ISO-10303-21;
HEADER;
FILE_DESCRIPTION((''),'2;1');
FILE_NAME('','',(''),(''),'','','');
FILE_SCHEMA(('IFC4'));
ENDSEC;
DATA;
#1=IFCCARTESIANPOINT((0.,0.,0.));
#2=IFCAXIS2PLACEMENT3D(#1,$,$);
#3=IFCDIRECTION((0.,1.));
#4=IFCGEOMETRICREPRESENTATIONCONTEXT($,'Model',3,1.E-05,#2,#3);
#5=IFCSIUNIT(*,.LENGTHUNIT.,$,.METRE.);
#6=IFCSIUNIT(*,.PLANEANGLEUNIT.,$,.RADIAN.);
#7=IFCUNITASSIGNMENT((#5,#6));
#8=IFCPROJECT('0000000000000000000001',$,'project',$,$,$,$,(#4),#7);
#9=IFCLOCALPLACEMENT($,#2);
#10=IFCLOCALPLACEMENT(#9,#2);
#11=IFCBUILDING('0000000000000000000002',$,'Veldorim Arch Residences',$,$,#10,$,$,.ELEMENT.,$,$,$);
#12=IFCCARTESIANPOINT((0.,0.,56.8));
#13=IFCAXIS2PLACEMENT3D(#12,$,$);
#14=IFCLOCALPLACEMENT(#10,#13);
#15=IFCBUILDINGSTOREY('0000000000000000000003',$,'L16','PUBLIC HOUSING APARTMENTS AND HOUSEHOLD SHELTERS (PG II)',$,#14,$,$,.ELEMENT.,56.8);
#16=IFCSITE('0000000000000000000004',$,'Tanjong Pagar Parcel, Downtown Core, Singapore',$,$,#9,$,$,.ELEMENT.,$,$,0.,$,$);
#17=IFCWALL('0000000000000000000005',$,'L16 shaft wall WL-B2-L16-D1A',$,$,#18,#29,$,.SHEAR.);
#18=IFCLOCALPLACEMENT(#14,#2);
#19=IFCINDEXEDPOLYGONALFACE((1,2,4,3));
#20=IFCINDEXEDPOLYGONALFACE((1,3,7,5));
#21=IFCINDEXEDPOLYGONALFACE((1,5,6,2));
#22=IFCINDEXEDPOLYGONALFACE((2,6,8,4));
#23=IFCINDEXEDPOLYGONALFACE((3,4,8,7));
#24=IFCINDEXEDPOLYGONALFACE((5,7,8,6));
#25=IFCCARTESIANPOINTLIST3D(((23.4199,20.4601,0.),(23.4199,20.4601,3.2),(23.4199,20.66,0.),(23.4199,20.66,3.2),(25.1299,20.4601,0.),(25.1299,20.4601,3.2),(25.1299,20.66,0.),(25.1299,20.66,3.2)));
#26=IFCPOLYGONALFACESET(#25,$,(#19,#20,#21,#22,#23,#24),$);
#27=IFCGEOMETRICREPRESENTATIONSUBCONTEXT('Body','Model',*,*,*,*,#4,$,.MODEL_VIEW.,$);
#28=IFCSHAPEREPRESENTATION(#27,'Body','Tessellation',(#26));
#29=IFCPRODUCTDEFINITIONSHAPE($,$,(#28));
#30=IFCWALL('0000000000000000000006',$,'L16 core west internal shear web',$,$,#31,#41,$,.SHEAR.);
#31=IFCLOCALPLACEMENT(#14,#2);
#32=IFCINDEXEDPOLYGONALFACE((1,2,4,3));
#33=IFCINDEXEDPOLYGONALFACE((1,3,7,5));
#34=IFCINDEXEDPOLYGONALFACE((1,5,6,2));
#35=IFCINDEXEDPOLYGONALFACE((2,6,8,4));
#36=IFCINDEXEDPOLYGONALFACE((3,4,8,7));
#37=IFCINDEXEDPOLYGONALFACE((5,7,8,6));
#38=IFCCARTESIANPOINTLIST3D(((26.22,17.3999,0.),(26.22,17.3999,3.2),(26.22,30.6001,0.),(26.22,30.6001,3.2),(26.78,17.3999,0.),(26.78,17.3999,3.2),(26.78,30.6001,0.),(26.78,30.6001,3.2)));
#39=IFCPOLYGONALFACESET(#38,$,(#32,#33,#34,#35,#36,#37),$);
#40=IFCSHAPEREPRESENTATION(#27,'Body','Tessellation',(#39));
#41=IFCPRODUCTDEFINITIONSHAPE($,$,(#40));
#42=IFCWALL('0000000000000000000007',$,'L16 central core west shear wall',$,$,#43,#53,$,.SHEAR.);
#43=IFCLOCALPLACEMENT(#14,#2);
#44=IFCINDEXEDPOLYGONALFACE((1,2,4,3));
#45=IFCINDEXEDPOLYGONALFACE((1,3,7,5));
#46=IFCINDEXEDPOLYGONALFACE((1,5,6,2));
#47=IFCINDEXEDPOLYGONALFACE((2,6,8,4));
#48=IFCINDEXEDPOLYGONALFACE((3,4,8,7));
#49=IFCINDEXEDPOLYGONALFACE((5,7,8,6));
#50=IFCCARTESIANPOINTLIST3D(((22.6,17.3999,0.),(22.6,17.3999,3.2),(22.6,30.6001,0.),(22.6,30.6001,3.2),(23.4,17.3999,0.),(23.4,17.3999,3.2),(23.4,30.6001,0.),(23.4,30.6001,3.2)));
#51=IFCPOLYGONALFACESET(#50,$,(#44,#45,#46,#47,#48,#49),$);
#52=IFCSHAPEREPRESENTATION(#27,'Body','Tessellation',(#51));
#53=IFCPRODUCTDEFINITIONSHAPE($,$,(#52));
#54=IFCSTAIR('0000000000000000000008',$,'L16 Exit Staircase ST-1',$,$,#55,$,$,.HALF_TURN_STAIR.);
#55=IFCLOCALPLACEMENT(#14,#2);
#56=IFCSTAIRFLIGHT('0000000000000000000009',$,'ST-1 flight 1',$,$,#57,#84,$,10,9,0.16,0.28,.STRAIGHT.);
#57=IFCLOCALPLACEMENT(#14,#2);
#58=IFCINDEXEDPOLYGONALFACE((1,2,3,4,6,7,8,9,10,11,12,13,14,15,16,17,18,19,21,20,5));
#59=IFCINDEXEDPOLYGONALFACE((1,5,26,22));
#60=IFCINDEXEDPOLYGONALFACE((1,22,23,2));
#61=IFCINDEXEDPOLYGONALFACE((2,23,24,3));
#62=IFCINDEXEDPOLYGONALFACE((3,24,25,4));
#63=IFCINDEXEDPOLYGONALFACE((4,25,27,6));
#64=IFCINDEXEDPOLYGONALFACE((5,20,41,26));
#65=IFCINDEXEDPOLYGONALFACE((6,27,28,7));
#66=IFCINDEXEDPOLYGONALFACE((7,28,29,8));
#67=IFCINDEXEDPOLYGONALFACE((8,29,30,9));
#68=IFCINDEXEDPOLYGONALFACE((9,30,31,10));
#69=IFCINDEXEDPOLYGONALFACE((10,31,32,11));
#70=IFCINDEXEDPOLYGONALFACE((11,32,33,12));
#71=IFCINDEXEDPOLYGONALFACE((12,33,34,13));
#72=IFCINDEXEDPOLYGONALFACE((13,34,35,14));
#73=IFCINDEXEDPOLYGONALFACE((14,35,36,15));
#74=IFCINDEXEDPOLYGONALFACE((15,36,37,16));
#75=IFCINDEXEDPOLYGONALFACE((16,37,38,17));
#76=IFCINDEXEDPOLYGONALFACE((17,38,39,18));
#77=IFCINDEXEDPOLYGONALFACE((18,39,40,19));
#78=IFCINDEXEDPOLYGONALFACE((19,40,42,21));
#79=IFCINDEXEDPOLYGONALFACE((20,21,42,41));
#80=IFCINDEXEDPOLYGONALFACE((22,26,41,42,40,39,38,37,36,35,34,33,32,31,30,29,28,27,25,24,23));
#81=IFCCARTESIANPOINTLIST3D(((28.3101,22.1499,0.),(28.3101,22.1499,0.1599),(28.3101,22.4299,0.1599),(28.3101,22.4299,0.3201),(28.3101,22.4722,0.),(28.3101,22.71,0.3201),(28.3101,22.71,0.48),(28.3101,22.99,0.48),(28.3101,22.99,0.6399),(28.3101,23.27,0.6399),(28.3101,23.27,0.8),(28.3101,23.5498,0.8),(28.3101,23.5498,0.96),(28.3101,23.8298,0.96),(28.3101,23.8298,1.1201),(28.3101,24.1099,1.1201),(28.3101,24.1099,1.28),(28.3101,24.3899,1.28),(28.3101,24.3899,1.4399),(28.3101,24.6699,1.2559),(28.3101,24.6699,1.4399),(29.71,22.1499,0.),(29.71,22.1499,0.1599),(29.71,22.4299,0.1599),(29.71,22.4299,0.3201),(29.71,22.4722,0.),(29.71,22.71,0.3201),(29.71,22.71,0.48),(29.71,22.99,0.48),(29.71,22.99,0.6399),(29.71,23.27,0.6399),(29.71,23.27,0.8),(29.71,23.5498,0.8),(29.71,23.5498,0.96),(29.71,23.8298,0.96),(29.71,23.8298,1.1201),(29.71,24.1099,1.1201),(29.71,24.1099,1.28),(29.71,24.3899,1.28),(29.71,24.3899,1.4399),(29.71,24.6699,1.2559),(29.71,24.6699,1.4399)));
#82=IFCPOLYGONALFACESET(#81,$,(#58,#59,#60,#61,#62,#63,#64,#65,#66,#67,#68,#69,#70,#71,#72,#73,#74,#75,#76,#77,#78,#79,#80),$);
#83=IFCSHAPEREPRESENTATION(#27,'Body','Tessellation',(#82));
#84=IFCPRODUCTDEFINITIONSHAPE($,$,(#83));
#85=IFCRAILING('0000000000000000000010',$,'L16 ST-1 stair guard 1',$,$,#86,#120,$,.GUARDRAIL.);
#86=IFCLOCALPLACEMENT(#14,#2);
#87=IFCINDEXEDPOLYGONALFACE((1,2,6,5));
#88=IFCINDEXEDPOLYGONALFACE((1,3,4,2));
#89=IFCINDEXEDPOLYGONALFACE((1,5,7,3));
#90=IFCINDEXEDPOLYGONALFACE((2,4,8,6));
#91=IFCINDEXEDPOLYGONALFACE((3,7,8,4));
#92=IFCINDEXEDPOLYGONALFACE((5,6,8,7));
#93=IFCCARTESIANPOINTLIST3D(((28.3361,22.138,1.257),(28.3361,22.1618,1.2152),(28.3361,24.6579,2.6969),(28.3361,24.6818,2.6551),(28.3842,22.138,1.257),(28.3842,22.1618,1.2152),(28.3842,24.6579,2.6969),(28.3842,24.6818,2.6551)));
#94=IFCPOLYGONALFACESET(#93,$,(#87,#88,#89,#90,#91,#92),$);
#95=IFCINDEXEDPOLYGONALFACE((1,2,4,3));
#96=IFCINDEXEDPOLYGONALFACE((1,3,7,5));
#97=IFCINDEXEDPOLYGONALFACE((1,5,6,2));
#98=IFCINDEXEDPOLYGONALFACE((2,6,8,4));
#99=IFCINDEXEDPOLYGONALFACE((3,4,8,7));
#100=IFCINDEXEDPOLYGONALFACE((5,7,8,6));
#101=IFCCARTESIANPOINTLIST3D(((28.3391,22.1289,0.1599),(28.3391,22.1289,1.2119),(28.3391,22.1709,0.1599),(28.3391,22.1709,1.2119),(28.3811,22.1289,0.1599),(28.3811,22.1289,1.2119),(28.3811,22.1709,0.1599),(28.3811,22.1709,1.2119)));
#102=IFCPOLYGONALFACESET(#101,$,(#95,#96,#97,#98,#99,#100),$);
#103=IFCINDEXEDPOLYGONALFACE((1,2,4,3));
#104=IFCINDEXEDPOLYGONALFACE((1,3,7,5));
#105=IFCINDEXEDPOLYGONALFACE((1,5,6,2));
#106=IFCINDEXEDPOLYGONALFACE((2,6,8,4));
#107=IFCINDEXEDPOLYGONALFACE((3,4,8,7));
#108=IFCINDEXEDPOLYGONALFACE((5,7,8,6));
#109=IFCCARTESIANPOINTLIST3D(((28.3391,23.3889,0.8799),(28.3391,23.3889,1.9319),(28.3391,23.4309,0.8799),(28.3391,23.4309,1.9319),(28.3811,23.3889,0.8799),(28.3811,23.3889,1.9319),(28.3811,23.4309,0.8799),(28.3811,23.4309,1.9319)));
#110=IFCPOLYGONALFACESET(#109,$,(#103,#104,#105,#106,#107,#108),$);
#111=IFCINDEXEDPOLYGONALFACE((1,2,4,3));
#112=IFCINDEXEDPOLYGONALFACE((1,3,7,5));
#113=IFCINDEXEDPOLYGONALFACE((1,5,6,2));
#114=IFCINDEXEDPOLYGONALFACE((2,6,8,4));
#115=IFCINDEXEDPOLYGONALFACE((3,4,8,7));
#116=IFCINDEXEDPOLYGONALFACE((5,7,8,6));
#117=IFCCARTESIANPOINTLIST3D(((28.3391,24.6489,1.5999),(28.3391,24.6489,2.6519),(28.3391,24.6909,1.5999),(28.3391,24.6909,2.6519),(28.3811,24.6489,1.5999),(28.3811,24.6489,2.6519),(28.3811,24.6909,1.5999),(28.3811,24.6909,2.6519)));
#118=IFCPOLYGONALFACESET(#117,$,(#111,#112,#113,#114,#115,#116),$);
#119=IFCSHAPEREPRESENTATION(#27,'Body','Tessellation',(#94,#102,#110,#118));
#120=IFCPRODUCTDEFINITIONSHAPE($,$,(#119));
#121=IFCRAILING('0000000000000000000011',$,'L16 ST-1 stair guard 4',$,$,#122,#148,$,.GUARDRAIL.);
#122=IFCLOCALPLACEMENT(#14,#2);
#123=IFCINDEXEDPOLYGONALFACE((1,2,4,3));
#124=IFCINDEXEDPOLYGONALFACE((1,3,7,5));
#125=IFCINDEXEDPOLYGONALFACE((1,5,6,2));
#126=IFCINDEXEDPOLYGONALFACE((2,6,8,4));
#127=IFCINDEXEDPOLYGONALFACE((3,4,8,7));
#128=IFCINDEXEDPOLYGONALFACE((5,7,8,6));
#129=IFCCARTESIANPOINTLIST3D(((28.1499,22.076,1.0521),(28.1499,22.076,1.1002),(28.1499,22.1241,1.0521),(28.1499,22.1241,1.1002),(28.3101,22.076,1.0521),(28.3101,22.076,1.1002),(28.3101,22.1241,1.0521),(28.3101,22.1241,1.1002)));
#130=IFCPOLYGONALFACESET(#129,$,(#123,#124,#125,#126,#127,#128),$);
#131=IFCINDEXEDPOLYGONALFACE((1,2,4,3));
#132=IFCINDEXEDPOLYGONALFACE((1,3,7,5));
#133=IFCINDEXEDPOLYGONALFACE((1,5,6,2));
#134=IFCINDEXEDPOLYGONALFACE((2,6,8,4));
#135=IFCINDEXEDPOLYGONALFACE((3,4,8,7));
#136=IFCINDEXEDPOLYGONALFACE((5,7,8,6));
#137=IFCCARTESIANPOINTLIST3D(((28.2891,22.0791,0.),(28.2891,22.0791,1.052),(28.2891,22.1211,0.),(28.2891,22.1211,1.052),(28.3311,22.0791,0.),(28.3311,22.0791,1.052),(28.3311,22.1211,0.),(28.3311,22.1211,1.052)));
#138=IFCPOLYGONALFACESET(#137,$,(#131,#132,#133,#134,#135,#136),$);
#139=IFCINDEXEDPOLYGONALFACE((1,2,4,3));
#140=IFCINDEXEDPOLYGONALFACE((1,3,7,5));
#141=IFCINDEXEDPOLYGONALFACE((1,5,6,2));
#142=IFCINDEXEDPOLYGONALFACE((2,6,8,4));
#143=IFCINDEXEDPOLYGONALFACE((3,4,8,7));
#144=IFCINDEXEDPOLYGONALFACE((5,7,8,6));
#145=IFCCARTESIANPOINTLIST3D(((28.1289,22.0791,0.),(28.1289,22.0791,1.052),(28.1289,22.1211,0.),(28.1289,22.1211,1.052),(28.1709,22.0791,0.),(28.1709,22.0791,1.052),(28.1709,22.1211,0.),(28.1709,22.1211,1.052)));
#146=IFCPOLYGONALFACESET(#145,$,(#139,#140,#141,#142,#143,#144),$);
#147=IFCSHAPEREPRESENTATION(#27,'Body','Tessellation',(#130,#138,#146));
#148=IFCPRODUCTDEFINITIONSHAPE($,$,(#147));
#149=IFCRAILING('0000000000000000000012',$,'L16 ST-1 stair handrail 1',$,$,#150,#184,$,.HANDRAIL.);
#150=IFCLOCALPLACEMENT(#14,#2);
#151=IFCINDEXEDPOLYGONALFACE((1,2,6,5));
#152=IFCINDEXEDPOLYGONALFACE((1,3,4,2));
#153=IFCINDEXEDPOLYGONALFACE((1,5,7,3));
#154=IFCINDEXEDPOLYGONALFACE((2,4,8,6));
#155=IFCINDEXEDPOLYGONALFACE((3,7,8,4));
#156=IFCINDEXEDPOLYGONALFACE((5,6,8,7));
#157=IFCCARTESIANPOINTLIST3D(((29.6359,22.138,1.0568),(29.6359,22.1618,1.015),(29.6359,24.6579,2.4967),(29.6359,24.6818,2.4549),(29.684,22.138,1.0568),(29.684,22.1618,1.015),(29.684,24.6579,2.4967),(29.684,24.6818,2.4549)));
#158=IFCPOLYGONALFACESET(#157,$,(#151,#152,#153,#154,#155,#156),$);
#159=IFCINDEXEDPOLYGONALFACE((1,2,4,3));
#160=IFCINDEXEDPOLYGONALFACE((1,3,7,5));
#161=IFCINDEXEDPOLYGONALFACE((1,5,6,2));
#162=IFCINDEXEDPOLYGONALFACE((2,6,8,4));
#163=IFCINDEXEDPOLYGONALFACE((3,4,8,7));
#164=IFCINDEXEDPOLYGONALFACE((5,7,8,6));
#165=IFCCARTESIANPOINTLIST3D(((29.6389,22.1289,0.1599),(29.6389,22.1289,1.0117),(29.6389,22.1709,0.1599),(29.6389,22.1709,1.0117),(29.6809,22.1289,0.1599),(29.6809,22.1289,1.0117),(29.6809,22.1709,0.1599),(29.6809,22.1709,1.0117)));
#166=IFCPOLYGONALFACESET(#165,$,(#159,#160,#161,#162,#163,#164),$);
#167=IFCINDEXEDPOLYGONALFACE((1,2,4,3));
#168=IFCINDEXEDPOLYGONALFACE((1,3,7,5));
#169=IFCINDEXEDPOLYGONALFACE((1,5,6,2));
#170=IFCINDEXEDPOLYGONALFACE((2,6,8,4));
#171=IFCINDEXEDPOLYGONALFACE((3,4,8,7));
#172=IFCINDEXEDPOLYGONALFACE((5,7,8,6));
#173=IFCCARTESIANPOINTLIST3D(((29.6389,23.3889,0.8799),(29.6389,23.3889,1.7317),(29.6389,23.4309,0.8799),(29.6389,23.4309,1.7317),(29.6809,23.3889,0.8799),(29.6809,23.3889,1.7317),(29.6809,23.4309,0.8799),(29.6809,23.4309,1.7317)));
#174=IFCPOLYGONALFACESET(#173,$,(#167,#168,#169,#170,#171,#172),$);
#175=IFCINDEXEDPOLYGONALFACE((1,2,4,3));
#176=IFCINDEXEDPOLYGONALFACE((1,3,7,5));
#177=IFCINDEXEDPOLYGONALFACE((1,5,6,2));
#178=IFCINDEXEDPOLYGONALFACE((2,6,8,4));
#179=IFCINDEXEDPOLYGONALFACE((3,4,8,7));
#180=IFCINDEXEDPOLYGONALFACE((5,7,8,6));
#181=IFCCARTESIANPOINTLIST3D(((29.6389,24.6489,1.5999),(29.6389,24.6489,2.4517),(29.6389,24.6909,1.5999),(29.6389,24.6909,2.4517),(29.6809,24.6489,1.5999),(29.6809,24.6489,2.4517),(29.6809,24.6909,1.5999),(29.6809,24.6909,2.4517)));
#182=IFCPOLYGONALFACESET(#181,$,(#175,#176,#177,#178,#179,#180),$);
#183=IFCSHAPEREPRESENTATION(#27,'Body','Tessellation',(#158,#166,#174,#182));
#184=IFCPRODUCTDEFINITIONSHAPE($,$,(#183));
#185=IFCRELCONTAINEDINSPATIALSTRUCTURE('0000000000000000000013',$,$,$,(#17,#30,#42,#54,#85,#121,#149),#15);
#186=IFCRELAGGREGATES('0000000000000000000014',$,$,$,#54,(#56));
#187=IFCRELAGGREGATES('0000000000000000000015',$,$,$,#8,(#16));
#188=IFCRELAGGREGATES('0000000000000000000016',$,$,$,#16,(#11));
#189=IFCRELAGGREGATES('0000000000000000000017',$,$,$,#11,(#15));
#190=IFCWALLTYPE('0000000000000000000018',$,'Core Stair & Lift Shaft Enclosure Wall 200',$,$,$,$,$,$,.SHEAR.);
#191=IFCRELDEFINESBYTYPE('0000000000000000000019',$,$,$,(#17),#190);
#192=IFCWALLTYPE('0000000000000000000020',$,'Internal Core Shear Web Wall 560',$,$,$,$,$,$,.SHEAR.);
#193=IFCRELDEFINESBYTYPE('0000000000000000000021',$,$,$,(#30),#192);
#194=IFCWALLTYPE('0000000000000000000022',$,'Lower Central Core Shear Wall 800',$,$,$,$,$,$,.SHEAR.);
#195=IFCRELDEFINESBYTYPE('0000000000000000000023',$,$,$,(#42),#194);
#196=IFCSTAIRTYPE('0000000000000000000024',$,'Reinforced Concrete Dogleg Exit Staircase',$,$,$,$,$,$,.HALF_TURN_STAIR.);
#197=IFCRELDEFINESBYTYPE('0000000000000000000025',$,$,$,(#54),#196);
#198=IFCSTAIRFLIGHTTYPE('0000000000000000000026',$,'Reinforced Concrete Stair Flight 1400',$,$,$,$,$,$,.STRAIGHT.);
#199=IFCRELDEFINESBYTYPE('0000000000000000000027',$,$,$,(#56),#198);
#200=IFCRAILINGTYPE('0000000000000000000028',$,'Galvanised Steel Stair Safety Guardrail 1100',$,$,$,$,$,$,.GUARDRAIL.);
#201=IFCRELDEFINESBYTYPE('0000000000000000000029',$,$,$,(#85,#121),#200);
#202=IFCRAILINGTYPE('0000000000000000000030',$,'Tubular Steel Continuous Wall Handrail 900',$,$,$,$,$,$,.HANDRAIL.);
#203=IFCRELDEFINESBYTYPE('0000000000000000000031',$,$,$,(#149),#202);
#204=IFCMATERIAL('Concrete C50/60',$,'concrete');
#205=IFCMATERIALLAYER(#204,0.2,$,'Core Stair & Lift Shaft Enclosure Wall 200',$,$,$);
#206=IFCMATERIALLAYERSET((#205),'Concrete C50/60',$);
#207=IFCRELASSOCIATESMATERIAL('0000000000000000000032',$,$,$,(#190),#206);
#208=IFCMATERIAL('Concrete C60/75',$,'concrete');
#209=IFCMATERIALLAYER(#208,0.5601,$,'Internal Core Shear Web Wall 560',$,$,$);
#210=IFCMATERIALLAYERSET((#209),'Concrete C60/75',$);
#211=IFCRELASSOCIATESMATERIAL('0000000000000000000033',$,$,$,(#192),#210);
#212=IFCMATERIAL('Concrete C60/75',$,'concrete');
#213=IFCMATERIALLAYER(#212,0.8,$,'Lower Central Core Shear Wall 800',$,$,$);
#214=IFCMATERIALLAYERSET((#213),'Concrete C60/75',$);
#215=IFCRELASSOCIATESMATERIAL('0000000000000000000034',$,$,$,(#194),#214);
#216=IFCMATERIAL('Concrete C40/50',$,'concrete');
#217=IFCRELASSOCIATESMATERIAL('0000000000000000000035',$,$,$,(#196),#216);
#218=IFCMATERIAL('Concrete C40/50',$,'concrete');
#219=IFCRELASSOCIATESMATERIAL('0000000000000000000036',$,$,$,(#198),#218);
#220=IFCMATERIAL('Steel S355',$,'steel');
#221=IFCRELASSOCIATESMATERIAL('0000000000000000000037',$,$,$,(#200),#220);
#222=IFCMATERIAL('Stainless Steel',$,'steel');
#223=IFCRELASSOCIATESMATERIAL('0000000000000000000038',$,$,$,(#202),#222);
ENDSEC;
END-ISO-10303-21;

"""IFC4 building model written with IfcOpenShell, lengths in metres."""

from ifc_helpers import new_model, si_unit, direction, frame, frame_2d, origin, origin_2d, place, context, subcontext, project, spatial, polyline, rectangle, outline, extrude, material, layer, layer_set, type_object, element, aggregate, save


model = new_model("IFC4")

# Units and contexts
model_context = context("Model", 3, precision=1e-05, world=origin(), true_north=direction((0.0, 1.0)))
body_context = subcontext(model_context, "Body", "Model", "MODEL_VIEW")
ifc_project = project(units=[si_unit("LENGTHUNIT", "METRE"), si_unit("PLANEANGLEUNIT", "RADIAN")], contexts=[model_context])

# Site, building, storey
site_placement = place(None, origin())
site = spatial("IfcSite", under=ifc_project, at=site_placement, Name="Tanjong Pagar Parcel, Downtown Core, Singapore", CompositionType="ELEMENT", RefElevation=0.0)
building_placement = place(site_placement, origin())
building = spatial("IfcBuilding", under=site, at=building_placement, Name="Veldorim Arch Residences", CompositionType="ELEMENT")
storey_placement = place(building_placement, frame((0.0, 0.0, 56.8)))
storey = spatial("IfcBuildingStorey", under=building, at=storey_placement, Name="L16", Description="PUBLIC HOUSING APARTMENTS AND HOUSEHOLD SHELTERS (PG II)", CompositionType="ELEMENT", Elevation=56.8)

# Shared definitions
ifc_material_1 = material(Name="Concrete C50/60", Category="concrete")
ifc_layer_1 = layer(ifc_material_1, 0.2, Name="Core Stair & Lift Shaft Enclosure Wall 200")
ifc_layer_set_1 = layer_set([ifc_layer_1], Name="Concrete C50/60")
wall_type_1 = type_object("IfcWallType", Name="Core Stair & Lift Shaft Enclosure Wall 200", PredefinedType="SHEAR", material=ifc_layer_set_1)

# Walls
for number, where, z_axis, x_axis, name in (
    (1, (23.4199, 20.5601, 0.0), (0.0, 0.0, 1.0), (1.0, 0.0, 0.0), "L16 shaft wall WL-B2-L16-D1A"),
):
    element("IfcWall", number, at=place(storey_placement, frame(where, z_axis=z_axis, x_axis=x_axis)), inside=storey, type_object=wall_type_1, Name=name, PredefinedType="SHEAR", context=body_context, shape_type="SweptSolid", body=[
        extrude(rectangle(XDim=1.71, YDim=0.2, at=frame_2d((0.855, 0.0))), origin(), (0.0, 0.0, 1.0), 3.2),
    ])
ifc_material_2 = material(Name="Concrete C60/75", Category="concrete")
ifc_layer_2 = layer(ifc_material_2, 0.5601, Name="Internal Core Shear Web Wall 560")
ifc_layer_set_2 = layer_set([ifc_layer_2], Name="Concrete C60/75")
wall_type_2 = type_object("IfcWallType", Name="Internal Core Shear Web Wall 560", PredefinedType="SHEAR", material=ifc_layer_set_2)
wall_1_placement = place(storey_placement, frame((26.5, 17.3999, 0.0), z_axis=(0.0, 0.0, 1.0), x_axis=(0.0, 1.0, 0.0)))
element("IfcWall", 2, at=wall_1_placement, inside=storey, type_object=wall_type_2, Name="L16 core west internal shear web", PredefinedType="SHEAR", context=body_context, shape_type="SweptSolid", body=[
    extrude(rectangle(XDim=13.2002, YDim=0.5601, at=frame_2d((6.6001, 0.0))), origin(), (0.0, 0.0, 1.0), 3.2),
])
ifc_material_3 = material(Name="Concrete C60/75", Category="concrete")
ifc_layer_3 = layer(ifc_material_3, 0.8, Name="Lower Central Core Shear Wall 800")
ifc_layer_set_3 = layer_set([ifc_layer_3], Name="Concrete C60/75")
wall_type_3 = type_object("IfcWallType", Name="Lower Central Core Shear Wall 800", PredefinedType="SHEAR", material=ifc_layer_set_3)
wall_2_placement = place(storey_placement, frame((23.0, 17.3999, 0.0), z_axis=(0.0, 0.0, 1.0), x_axis=(0.0, 1.0, 0.0)))
element("IfcWall", 3, at=wall_2_placement, inside=storey, type_object=wall_type_3, Name="L16 central core west shear wall", PredefinedType="SHEAR", context=body_context, shape_type="SweptSolid", body=[
    extrude(rectangle(XDim=13.2002, YDim=0.8, at=frame_2d((6.6001, 0.0))), origin(), (0.0, 0.0, 1.0), 3.2),
])

# Stair, stair flight
ifc_material_4 = material(Name="Concrete C40/50", Category="concrete")
stair_type = type_object("IfcStairType", Name="Reinforced Concrete Dogleg Exit Staircase", PredefinedType="HALF_TURN_STAIR", material=ifc_material_4)
stair_placement = place(storey_placement, origin())
stair = element("IfcStair", 4, at=stair_placement, inside=storey, type_object=stair_type, Name="L16 Exit Staircase ST-1", PredefinedType="HALF_TURN_STAIR")
ifc_material_5 = material(Name="Concrete C40/50", Category="concrete")
stair_flight_type = type_object("IfcStairFlightType", Name="Reinforced Concrete Stair Flight 1400", PredefinedType="STRAIGHT", material=ifc_material_5)
stair_flight_placement = place(storey_placement, frame((29.01, 22.1499, 0.0), z_axis=(0.0, 0.0, 1.0), x_axis=(0.0, 1.0, 0.0)))
stair_flight = element("IfcStairFlight", 5, at=stair_flight_placement, type_object=stair_flight_type, Name="ST-1 flight 1", NumberOfRisers=10, NumberOfTreads=9, PredefinedType="STRAIGHT", RiserHeight=0.16, TreadLength=0.28, context=body_context, shape_type="SweptSolid", body=[
    extrude(outline(polyline([(0.0, 0.0), (0.0, 0.1599), (0.28, 0.1599), (0.28, 0.3201), (0.5601, 0.3201), (0.5601, 0.48), (0.8401, 0.48), (0.8401, 0.6399), (1.1201, 0.6399), (1.1201, 0.8), (1.3999, 0.8), (1.3999, 0.96), (1.6799, 0.96), (1.6799, 1.1201), (1.96, 1.1201), (1.96, 1.28), (2.24, 1.28), (2.24, 1.4399), (2.52, 1.4399), (2.52, 1.6001), (2.52, 1.2559), (0.3223, 0.0), (0.0, 0.0)])), frame((0.0, 0.7, 0.0), z_axis=(0.0, -1.0, 0.0), x_axis=(1.0, 0.0, 0.0)), (0.0, 0.0, 1.0), 1.3999),
])
aggregate(stair, [stair_flight])

# Railings
ifc_material_6 = material(Name="Steel S355", Category="steel")
railing_type_1 = type_object("IfcRailingType", Name="Galvanised Steel Stair Safety Guardrail 1100", PredefinedType="GUARDRAIL", material=ifc_material_6)
railing_1_placement = place(storey_placement, frame((28.3601, 22.1499, 0.1599)))
element("IfcRailing", 6, at=railing_1_placement, inside=storey, type_object=railing_type_1, Name="L16 ST-1 stair guard 1", PredefinedType="GUARDRAIL", context=body_context, shape_type="SweptSolid", body=[
    extrude(rectangle(XDim=0.0481, YDim=0.0481, at=origin_2d()), frame((0.0, 0.0, 1.0762), z_axis=(0.0, 0.868253, 0.496121), x_axis=(-1.0, 0.0, 0.0)), (0.0, 0.0, 1.0), 2.9023),
    extrude(rectangle(XDim=0.042, YDim=0.042, at=origin_2d()), origin(), (0.0, 0.0, 1.0), 1.052),
    extrude(rectangle(XDim=0.042, YDim=0.042, at=origin_2d()), frame((0.0, 1.26, 0.72)), (0.0, 0.0, 1.0), 1.052),
    extrude(rectangle(XDim=0.042, YDim=0.042, at=origin_2d()), frame((0.0, 2.52, 1.4399)), (0.0, 0.0, 1.0), 1.052),
])
railing_2_placement = place(storey_placement, frame((28.3101, 22.1001, 0.0)))
element("IfcRailing", 7, at=railing_2_placement, inside=storey, type_object=railing_type_1, Name="L16 ST-1 stair guard 4", PredefinedType="GUARDRAIL", context=body_context, shape_type="SweptSolid", body=[
    extrude(rectangle(XDim=0.0481, YDim=0.0481, at=origin_2d()), frame((0.0, 0.0, 1.0762), z_axis=(-1.0, 0.0, 0.0), x_axis=(0.0, -1.0, 0.0)), (0.0, 0.0, 1.0), 0.1602),
    extrude(rectangle(XDim=0.042, YDim=0.042, at=origin_2d()), origin(), (0.0, 0.0, 1.0), 1.052),
    extrude(rectangle(XDim=0.042, YDim=0.042, at=origin_2d()), frame((-0.1602, 0.0, 0.0)), (0.0, 0.0, 1.0), 1.052),
])
ifc_material_7 = material(Name="Stainless Steel", Category="steel")
railing_type_2 = type_object("IfcRailingType", Name="Tubular Steel Continuous Wall Handrail 900", PredefinedType="HANDRAIL", material=ifc_material_7)
railing_3_placement = place(storey_placement, frame((29.6599, 22.1499, 0.1599)))
element("IfcRailing", 8, at=railing_3_placement, inside=storey, type_object=railing_type_2, Name="L16 ST-1 stair handrail 1", PredefinedType="HANDRAIL", context=body_context, shape_type="SweptSolid", body=[
    extrude(rectangle(XDim=0.0481, YDim=0.0481, at=origin_2d()), frame((0.0, 0.0, 0.876), z_axis=(0.0, 0.868253, 0.496121), x_axis=(-1.0, 0.0, 0.0)), (0.0, 0.0, 1.0), 2.9023),
    extrude(rectangle(XDim=0.042, YDim=0.042, at=origin_2d()), origin(), (0.0, 0.0, 1.0), 0.8518),
    extrude(rectangle(XDim=0.042, YDim=0.042, at=origin_2d()), frame((0.0, 1.26, 0.72)), (0.0, 0.0, 1.0), 0.8518),
    extrude(rectangle(XDim=0.042, YDim=0.042, at=origin_2d()), frame((0.0, 2.52, 1.4399)), (0.0, 0.0, 1.0), 0.8518),
])

save(model, "model.ifc")
